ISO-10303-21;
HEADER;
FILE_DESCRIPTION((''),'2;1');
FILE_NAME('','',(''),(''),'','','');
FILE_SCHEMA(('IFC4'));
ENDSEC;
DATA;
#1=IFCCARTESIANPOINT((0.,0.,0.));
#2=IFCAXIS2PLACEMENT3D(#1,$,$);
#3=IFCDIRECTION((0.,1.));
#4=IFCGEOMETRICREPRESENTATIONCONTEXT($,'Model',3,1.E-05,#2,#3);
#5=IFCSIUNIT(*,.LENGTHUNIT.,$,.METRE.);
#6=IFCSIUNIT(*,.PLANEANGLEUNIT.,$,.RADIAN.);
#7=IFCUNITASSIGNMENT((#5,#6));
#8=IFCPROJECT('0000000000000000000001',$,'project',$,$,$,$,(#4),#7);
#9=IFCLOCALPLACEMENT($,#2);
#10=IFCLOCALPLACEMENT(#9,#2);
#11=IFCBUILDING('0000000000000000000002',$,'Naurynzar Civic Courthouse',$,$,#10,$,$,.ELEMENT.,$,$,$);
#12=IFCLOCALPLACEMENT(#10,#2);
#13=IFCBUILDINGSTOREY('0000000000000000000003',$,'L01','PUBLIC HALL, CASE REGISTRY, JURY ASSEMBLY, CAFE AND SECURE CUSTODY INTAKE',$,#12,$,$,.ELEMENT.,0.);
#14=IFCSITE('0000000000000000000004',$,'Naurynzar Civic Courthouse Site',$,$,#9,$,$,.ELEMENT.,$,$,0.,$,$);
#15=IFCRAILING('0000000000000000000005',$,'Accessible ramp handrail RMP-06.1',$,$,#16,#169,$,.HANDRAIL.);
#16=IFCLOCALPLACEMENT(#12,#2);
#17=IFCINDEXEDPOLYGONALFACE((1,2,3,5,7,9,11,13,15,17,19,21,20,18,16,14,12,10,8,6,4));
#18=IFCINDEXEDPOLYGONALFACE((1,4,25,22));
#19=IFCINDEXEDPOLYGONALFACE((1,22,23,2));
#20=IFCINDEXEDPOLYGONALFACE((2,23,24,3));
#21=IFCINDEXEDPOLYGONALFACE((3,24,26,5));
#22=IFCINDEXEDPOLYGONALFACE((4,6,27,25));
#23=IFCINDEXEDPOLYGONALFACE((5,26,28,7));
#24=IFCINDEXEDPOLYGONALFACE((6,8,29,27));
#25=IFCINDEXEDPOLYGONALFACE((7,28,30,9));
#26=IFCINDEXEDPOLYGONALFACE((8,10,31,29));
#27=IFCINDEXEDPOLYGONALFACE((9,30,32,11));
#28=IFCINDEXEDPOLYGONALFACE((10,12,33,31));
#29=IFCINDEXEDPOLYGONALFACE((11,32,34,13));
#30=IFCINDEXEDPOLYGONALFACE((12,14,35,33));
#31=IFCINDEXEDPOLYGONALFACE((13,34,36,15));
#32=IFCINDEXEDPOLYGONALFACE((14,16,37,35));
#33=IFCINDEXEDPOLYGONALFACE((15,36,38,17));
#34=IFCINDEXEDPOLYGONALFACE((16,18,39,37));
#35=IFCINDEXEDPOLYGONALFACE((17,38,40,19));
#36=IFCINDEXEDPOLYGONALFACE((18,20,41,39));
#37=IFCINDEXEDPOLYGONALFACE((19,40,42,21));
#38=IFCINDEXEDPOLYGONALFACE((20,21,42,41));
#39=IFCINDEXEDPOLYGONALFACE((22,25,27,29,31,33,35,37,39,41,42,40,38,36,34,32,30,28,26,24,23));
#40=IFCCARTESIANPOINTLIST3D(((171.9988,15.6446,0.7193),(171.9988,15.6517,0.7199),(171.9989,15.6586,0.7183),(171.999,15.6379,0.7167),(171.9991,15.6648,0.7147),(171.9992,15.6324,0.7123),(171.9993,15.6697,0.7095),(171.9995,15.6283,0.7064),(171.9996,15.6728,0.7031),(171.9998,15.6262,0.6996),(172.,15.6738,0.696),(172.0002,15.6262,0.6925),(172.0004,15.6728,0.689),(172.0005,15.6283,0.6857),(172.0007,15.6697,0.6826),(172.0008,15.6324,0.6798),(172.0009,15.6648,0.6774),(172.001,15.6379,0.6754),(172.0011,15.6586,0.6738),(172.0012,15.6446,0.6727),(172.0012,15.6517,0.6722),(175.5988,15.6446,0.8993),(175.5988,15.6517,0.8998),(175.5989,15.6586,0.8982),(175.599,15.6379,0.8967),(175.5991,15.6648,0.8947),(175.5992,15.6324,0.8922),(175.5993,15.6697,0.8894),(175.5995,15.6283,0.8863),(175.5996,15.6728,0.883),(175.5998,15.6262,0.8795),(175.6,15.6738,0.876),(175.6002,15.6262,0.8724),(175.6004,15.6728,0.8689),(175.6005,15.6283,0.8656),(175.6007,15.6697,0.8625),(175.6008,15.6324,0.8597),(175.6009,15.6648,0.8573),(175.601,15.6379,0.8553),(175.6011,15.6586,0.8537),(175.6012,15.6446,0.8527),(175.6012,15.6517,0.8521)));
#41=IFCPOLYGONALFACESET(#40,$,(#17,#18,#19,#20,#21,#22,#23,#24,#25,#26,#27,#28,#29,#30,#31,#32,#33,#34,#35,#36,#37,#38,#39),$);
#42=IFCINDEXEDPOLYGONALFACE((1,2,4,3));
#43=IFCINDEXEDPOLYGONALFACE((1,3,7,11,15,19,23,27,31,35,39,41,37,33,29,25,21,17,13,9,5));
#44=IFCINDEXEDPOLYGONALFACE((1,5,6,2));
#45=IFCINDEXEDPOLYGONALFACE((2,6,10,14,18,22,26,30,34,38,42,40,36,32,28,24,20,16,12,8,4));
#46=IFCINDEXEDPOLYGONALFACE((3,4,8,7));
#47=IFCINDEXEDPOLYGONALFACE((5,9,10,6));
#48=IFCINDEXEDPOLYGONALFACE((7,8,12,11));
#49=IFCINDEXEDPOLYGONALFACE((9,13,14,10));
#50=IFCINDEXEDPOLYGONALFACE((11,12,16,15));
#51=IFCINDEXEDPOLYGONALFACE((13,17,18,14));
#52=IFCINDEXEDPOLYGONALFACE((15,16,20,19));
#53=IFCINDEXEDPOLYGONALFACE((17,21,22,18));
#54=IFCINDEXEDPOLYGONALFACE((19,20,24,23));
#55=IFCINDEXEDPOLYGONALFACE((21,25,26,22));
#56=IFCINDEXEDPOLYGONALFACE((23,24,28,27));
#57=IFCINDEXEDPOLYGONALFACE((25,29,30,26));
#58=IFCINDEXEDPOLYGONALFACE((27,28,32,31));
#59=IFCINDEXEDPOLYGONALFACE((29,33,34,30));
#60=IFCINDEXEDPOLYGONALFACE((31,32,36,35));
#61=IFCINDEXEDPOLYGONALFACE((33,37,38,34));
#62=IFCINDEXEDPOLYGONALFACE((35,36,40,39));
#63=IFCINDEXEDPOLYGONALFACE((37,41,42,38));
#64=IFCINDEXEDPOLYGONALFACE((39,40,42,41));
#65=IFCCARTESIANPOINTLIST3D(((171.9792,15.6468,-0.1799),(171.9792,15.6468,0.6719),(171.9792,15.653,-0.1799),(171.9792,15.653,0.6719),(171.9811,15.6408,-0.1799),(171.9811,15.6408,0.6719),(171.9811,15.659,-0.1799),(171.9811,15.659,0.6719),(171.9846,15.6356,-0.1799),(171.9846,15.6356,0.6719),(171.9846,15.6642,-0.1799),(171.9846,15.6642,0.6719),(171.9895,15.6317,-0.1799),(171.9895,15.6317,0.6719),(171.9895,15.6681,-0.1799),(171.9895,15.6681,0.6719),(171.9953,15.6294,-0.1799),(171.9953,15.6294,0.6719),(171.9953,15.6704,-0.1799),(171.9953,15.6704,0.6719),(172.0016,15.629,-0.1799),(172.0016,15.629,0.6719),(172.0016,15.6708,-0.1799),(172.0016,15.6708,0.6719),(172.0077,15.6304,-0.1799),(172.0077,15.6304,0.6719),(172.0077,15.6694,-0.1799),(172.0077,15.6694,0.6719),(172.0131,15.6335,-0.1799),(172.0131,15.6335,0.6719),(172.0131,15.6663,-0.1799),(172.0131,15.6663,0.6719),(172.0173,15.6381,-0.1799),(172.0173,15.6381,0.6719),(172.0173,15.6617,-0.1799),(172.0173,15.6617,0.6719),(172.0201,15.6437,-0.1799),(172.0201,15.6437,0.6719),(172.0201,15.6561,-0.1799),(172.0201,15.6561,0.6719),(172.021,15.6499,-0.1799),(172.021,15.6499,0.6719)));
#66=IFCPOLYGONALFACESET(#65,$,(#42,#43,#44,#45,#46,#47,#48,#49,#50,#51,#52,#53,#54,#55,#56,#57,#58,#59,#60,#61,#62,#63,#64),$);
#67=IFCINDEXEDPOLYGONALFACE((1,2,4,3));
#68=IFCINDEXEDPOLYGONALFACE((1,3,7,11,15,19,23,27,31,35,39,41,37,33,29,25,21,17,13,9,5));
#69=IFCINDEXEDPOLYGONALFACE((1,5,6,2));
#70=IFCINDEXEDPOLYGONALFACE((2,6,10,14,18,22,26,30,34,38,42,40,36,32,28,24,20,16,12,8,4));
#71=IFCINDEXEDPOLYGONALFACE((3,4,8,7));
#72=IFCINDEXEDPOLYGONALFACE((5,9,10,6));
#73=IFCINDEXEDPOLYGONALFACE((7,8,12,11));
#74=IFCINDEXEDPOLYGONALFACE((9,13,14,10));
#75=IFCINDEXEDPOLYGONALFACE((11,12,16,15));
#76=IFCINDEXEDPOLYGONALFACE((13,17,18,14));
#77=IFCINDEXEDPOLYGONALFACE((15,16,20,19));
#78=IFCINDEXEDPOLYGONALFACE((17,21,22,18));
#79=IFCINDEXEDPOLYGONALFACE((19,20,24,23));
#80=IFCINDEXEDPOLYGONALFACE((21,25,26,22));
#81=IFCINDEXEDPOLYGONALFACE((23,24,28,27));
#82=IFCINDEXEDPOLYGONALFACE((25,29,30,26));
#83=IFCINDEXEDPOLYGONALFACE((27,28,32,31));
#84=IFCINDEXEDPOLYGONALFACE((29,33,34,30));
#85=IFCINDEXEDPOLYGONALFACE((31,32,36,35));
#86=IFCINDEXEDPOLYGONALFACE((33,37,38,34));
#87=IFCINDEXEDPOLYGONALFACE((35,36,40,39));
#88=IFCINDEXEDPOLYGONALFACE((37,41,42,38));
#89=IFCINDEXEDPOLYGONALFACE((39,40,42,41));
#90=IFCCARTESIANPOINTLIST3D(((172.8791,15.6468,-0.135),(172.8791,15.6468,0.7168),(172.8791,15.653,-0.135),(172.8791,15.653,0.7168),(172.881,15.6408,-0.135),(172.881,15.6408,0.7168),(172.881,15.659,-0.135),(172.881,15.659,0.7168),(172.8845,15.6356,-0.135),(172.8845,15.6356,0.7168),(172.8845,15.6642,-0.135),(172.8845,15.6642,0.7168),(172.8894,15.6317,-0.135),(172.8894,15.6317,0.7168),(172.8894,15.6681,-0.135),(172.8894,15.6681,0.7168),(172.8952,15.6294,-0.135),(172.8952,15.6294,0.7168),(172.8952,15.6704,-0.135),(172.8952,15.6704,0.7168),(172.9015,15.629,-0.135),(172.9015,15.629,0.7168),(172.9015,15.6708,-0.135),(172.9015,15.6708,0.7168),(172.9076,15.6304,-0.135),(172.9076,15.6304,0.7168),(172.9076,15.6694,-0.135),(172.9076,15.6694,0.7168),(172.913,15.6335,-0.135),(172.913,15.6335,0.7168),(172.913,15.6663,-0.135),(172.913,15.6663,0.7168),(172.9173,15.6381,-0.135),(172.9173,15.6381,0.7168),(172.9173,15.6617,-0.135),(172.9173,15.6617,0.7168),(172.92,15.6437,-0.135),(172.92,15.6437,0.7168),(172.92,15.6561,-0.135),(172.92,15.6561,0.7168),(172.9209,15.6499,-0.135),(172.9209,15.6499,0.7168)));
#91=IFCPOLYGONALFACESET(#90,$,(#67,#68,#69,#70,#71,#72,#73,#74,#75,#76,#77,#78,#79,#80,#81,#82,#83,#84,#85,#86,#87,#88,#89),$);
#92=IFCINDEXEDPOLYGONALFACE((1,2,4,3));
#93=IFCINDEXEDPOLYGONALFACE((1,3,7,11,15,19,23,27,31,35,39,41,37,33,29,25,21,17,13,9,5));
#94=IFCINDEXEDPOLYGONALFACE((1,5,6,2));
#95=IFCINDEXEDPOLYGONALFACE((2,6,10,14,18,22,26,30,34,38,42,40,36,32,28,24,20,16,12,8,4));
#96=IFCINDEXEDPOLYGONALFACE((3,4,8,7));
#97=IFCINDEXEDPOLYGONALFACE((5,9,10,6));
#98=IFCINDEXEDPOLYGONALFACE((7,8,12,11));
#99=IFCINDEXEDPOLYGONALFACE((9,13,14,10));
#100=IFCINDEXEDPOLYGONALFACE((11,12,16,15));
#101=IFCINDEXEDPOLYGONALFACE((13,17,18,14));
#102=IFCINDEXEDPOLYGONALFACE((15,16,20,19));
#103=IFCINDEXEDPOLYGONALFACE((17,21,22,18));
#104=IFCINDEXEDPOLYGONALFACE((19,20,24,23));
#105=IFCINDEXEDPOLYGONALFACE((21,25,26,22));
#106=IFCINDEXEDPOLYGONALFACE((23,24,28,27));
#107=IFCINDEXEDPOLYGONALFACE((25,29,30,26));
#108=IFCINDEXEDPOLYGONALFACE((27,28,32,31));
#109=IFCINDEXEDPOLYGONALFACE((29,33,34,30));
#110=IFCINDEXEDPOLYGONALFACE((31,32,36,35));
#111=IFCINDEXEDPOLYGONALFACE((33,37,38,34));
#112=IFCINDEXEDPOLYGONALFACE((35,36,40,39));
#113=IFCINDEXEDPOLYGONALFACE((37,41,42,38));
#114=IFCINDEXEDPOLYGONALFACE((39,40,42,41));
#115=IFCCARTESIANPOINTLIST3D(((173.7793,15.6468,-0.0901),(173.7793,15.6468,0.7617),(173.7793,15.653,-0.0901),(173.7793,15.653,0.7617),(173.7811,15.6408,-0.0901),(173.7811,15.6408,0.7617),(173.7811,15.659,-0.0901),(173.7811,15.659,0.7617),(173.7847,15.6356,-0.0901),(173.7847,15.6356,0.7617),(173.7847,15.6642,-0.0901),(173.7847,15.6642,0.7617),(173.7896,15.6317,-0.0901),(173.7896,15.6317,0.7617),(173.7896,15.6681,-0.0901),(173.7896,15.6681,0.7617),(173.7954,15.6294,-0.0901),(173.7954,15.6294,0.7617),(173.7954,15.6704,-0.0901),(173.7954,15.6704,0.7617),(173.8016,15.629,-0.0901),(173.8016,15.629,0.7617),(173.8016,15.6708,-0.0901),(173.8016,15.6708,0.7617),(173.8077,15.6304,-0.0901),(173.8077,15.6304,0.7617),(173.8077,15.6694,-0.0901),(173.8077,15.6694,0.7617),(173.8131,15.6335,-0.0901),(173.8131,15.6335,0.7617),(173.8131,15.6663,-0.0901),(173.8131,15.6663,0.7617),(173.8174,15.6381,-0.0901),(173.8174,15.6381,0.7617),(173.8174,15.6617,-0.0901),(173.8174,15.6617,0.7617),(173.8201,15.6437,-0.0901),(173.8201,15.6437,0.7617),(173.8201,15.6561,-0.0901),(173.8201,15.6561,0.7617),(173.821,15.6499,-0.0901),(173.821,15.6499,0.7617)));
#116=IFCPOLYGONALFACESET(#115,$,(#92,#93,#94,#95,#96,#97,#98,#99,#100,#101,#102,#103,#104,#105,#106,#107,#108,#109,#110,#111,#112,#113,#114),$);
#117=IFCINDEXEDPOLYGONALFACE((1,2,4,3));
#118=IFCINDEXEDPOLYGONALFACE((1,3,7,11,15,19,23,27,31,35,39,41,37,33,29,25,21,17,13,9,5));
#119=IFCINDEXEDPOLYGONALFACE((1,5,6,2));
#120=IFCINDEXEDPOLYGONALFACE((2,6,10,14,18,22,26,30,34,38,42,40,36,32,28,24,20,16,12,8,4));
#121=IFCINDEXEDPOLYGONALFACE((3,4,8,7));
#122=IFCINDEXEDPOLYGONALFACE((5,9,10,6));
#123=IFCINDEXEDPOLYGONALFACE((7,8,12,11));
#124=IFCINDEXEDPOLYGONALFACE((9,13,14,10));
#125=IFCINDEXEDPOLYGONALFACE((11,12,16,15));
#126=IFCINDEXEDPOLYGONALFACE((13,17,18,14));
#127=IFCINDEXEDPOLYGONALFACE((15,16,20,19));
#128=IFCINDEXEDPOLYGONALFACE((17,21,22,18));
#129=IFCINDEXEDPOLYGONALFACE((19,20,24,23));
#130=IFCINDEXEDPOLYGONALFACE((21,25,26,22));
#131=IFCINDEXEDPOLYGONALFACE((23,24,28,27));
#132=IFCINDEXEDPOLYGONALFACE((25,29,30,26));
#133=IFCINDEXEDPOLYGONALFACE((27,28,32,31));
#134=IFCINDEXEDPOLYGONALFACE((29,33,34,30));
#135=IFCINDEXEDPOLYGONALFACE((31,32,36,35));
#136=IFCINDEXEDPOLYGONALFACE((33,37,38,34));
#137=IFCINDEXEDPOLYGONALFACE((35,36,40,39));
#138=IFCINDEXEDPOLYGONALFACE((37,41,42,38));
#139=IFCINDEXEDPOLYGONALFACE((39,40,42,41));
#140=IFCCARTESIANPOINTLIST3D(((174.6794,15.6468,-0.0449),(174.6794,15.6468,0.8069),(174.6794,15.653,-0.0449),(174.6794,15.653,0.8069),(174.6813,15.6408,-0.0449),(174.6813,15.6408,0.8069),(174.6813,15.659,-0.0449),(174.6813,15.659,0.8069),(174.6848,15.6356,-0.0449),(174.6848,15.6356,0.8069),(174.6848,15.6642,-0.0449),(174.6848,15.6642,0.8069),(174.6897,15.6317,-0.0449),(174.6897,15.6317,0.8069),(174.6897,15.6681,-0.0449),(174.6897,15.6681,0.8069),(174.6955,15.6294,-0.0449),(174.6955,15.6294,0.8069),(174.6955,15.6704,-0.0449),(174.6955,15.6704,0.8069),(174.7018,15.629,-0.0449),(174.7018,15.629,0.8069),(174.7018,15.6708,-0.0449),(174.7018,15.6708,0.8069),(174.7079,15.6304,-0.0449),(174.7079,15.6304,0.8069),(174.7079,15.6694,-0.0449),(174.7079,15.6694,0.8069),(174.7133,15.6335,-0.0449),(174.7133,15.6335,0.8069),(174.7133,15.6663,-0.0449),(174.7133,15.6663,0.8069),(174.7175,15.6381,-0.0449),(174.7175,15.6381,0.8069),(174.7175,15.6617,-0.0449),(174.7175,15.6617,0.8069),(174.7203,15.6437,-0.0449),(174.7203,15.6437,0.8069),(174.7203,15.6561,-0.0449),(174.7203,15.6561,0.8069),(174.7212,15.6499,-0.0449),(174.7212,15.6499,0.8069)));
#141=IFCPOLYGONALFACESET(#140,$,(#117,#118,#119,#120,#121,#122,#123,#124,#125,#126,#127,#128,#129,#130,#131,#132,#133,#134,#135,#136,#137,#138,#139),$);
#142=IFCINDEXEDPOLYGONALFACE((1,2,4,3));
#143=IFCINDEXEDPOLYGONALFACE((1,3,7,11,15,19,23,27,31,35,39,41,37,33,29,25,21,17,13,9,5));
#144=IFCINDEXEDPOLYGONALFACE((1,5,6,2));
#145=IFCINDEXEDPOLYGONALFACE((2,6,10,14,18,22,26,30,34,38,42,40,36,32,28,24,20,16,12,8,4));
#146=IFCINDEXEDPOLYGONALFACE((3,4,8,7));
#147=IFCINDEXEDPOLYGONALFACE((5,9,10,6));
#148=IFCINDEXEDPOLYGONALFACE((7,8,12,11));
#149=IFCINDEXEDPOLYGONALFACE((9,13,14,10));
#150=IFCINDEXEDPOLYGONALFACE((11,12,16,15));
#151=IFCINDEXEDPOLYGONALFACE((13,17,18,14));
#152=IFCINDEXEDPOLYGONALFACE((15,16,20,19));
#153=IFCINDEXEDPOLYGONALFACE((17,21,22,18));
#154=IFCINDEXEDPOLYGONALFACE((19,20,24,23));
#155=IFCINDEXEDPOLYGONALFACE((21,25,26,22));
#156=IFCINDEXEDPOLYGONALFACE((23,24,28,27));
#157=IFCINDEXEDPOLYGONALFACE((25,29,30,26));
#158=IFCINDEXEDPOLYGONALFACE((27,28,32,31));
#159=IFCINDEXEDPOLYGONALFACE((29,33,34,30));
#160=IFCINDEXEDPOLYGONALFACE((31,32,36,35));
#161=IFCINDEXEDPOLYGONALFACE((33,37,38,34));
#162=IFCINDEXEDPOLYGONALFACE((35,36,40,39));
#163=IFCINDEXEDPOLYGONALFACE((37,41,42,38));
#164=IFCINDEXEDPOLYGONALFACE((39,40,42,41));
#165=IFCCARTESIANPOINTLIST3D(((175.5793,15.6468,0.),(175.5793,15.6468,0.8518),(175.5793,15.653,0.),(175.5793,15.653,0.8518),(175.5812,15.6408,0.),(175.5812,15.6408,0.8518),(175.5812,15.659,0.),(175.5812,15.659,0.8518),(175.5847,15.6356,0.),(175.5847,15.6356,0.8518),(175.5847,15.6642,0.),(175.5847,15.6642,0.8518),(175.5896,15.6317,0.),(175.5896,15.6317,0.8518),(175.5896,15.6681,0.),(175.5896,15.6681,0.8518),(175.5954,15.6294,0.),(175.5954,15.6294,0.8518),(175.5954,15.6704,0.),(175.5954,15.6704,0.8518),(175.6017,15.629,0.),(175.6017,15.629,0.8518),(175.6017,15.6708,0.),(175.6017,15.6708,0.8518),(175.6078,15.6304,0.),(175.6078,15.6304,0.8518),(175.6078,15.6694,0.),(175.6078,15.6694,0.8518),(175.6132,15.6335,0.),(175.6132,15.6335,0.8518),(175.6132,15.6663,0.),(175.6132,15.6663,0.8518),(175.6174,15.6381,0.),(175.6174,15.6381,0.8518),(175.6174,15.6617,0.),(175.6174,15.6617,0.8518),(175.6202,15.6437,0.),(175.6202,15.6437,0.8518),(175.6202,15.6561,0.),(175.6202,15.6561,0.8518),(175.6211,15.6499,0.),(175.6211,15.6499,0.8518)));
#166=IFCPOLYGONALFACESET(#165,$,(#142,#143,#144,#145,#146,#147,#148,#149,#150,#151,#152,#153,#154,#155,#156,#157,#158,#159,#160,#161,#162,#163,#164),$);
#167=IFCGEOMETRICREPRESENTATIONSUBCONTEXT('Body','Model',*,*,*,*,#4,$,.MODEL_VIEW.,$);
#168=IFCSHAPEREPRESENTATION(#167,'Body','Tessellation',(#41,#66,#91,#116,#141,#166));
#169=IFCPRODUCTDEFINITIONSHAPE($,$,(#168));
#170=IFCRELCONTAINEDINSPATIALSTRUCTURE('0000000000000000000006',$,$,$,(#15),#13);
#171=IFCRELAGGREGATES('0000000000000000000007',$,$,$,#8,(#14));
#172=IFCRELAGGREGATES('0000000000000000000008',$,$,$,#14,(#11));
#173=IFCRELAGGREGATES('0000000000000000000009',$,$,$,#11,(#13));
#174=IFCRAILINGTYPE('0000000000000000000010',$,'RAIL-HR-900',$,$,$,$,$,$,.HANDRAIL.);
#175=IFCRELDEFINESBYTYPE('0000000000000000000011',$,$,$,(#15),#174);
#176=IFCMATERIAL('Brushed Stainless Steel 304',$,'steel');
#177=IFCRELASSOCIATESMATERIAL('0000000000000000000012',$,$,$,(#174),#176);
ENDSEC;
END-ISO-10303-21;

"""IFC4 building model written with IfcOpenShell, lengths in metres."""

from ifc_helpers import new_model, si_unit, direction, frame, origin, origin_2d, place, context, subcontext, project, spatial, circle, extrude, material, type_object, element, save


model = new_model("IFC4")

# Units and contexts
model_context = context("Model", 3, precision=1e-05, world=origin(), true_north=direction((0.0, 1.0)))
body_context = subcontext(model_context, "Body", "Model", "MODEL_VIEW")
ifc_project = project(units=[si_unit("LENGTHUNIT", "METRE"), si_unit("PLANEANGLEUNIT", "RADIAN")], contexts=[model_context])

# Site, building, storey
site_placement = place(None, origin())
site = spatial("IfcSite", under=ifc_project, at=site_placement, Name="Naurynzar Civic Courthouse Site", CompositionType="ELEMENT", RefElevation=0.0)
building_placement = place(site_placement, origin())
building = spatial("IfcBuilding", under=site, at=building_placement, Name="Naurynzar Civic Courthouse", CompositionType="ELEMENT")
storey_placement = place(building_placement, origin())
storey = spatial("IfcBuildingStorey", under=building, at=storey_placement, Name="L01", Description="PUBLIC HALL, CASE REGISTRY, JURY ASSEMBLY, CAFE AND SECURE CUSTODY INTAKE", CompositionType="ELEMENT", Elevation=0.0)

# Railing
ifc_material_1 = material(Name="Brushed Stainless Steel 304", Category="steel")
railing_type = type_object("IfcRailingType", Name="RAIL-HR-900", PredefinedType="HANDRAIL", material=ifc_material_1)
railing_placement = place(storey_placement, frame((172.0, 15.6499, -0.1799)))
element("IfcRailing", 1, at=railing_placement, inside=storey, type_object=railing_type, Name="Accessible ramp handrail RMP-06.1", PredefinedType="HANDRAIL", context=body_context, shape_type="SweptSolid", body=[
    extrude(circle(Radius=0.0239, at=origin_2d()), frame((0.0, 0.0, 0.876), z_axis=(0.998753, 0.0, 0.049917), x_axis=(0.0, 1.0, 0.0)), (0.0, 0.0, 1.0), 3.6045),
    extrude(circle(Radius=0.021, at=origin_2d()), origin(), (0.0, 0.0, 1.0), 0.8518),
    extrude(circle(Radius=0.021, at=origin_2d()), frame((0.8999, 0.0, 0.0449)), (0.0, 0.0, 1.0), 0.8518),
    extrude(circle(Radius=0.021, at=origin_2d()), frame((1.8, 0.0, 0.0898)), (0.0, 0.0, 1.0), 0.8518),
    extrude(circle(Radius=0.021, at=origin_2d()), frame((2.7002, 0.0, 0.135)), (0.0, 0.0, 1.0), 0.8518),
    extrude(circle(Radius=0.021, at=origin_2d()), frame((3.6001, 0.0, 0.1799)), (0.0, 0.0, 1.0), 0.8518),
])

save(model, "model.ifc")
